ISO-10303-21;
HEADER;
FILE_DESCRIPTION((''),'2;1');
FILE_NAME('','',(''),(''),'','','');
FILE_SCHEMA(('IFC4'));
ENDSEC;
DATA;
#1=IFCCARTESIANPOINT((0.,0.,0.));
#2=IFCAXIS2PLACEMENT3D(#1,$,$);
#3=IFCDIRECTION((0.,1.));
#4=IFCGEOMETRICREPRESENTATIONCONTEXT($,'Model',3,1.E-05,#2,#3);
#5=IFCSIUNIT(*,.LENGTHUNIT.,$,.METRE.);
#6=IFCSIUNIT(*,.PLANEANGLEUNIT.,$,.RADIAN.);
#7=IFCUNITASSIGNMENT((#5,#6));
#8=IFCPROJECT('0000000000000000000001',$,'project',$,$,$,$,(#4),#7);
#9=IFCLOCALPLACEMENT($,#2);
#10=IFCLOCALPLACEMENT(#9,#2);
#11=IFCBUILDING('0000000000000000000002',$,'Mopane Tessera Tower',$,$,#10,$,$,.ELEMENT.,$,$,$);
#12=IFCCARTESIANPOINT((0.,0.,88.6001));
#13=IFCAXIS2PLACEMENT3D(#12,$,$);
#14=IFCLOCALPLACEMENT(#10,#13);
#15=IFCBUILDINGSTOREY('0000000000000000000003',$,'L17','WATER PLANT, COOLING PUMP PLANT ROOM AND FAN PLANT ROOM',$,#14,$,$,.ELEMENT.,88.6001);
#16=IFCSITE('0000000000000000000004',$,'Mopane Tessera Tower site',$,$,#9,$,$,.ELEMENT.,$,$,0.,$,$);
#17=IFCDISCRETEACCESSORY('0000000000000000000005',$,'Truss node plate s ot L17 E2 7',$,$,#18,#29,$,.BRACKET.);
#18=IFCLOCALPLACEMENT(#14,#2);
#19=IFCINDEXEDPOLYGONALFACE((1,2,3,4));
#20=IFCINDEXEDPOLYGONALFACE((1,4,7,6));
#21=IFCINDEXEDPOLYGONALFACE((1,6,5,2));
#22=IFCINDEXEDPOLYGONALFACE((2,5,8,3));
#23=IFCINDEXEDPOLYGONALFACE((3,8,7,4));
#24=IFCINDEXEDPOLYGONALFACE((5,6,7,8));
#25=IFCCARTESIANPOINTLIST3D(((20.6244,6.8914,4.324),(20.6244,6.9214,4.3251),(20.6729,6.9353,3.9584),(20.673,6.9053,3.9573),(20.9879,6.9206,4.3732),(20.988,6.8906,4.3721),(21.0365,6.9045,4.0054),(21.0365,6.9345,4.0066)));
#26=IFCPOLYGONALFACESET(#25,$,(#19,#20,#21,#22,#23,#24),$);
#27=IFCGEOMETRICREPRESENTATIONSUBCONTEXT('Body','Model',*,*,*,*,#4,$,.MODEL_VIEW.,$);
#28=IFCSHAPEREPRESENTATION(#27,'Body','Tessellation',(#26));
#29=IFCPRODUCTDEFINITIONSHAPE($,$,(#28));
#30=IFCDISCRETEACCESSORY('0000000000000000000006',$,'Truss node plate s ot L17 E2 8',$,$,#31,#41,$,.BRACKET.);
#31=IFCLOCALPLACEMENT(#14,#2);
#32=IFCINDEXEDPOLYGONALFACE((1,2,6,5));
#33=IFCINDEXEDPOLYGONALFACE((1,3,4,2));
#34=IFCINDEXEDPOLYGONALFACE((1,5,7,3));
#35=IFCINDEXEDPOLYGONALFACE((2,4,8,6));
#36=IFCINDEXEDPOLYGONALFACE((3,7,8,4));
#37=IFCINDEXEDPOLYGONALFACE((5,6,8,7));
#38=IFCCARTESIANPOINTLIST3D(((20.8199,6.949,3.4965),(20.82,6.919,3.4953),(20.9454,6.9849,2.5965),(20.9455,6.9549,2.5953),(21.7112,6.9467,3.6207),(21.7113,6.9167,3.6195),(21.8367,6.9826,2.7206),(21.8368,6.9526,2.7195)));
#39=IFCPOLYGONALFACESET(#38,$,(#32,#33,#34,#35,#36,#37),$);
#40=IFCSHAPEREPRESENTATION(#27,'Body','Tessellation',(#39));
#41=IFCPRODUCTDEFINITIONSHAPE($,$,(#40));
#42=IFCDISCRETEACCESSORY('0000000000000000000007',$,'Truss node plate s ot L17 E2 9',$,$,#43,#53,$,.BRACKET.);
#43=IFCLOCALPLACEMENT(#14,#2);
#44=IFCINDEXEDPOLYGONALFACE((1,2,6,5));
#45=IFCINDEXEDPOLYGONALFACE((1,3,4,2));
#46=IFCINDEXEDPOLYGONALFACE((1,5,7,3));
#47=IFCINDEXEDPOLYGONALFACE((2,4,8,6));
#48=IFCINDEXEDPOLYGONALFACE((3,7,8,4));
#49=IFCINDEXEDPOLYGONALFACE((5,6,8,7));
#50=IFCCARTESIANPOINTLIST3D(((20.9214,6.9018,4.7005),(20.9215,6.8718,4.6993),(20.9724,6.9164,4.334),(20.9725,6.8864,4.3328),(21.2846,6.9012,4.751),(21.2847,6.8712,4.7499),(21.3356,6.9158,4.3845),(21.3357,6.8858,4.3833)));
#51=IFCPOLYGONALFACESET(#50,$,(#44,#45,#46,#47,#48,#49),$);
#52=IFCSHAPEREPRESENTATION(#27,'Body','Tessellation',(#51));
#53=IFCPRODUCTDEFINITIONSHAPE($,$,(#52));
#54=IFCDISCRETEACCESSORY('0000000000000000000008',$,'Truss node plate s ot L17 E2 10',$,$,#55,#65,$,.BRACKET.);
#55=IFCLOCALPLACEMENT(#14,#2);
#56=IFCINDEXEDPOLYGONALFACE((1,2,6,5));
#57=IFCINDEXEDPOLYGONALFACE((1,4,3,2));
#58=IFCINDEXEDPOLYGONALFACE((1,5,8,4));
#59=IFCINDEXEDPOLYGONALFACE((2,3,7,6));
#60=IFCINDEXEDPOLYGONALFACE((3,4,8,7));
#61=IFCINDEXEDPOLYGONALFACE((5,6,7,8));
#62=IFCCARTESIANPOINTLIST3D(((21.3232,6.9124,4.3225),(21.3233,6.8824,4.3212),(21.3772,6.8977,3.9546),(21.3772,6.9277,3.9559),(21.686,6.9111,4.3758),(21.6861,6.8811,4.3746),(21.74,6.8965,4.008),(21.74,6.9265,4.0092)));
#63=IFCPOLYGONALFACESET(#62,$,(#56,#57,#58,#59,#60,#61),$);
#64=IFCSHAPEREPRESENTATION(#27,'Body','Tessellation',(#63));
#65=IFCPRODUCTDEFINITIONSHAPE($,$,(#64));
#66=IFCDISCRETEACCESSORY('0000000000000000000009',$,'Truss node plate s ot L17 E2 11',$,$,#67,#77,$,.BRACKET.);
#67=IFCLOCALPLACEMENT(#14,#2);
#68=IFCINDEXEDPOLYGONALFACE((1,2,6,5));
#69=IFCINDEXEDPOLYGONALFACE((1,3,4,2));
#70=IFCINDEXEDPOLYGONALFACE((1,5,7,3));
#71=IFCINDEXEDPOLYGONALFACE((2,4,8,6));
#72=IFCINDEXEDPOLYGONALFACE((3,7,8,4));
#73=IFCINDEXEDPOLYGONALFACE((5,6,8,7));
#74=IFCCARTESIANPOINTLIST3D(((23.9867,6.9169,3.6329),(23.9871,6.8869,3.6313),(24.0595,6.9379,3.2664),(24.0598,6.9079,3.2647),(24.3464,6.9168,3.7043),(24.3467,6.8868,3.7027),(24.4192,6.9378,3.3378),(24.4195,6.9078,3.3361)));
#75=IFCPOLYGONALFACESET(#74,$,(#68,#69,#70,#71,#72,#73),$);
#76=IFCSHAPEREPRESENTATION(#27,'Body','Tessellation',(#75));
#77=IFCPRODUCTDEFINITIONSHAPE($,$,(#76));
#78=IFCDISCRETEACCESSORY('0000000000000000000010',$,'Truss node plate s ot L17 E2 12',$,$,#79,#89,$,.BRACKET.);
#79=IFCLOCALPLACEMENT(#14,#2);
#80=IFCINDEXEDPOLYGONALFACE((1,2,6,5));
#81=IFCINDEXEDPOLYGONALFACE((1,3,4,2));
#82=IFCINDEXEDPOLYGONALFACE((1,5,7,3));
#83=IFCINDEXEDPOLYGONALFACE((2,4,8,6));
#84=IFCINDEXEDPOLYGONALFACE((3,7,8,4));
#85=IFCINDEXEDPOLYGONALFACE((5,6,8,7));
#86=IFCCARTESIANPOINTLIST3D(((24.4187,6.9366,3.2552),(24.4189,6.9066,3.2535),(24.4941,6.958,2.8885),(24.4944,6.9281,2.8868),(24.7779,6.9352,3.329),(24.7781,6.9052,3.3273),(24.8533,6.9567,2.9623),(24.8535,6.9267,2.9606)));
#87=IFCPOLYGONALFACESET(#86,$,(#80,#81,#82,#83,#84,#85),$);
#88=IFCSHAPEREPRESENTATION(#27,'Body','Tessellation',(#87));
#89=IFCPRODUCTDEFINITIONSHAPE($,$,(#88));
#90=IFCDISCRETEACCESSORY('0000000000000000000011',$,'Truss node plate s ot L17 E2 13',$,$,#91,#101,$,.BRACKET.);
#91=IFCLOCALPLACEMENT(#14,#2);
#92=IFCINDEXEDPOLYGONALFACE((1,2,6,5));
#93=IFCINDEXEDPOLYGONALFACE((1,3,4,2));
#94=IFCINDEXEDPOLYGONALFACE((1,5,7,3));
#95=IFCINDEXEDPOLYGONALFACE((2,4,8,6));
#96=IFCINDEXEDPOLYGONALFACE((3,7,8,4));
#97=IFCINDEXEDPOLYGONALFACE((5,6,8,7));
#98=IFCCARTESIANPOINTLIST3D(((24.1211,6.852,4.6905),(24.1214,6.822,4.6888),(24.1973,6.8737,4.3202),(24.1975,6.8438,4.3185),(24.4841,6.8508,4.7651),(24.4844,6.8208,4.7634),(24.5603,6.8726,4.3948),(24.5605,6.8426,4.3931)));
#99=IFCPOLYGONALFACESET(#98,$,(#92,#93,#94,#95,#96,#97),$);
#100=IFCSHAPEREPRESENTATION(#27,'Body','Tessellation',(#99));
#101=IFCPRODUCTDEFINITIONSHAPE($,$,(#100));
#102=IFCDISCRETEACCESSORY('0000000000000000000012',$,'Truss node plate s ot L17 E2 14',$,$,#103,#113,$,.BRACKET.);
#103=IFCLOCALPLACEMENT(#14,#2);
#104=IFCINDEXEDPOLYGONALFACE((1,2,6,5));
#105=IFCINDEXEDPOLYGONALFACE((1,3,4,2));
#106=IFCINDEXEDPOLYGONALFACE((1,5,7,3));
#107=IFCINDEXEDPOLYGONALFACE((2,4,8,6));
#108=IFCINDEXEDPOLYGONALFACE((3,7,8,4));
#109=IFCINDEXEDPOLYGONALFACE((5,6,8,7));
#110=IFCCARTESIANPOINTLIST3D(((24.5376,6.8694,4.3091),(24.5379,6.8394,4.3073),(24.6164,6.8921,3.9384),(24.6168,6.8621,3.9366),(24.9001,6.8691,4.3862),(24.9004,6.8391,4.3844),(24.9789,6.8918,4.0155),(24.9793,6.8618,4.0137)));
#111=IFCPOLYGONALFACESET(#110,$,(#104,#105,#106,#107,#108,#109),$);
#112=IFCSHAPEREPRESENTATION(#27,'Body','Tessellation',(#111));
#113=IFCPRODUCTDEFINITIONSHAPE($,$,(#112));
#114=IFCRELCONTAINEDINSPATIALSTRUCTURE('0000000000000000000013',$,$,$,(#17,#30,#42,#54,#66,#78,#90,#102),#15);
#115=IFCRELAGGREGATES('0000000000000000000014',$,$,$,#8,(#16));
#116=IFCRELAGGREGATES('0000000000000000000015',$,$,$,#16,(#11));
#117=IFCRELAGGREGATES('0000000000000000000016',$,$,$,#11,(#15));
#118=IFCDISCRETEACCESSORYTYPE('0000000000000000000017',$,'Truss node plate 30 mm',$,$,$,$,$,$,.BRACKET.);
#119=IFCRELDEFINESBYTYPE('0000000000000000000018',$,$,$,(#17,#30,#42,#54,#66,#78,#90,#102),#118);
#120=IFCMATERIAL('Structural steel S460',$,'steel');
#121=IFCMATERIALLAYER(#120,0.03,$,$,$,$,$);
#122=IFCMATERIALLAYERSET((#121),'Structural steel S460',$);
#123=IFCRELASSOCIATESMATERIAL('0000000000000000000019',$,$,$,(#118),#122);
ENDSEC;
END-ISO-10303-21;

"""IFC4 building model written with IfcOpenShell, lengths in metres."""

from ifc_helpers import new_model, si_unit, direction, frame, origin, origin_2d, place, context, subcontext, project, spatial, rectangle, extrude, material, layer, layer_set, type_object, element, save


model = new_model("IFC4")

# Units and contexts
model_context = context("Model", 3, precision=1e-05, world=origin(), true_north=direction((0.0, 1.0)))
body_context = subcontext(model_context, "Body", "Model", "MODEL_VIEW")
ifc_project = project(units=[si_unit("LENGTHUNIT", "METRE"), si_unit("PLANEANGLEUNIT", "RADIAN")], contexts=[model_context])

# Site, building, storey
site_placement = place(None, origin())
site = spatial("IfcSite", under=ifc_project, at=site_placement, Name="Mopane Tessera Tower site", CompositionType="ELEMENT", RefElevation=0.0)
building_placement = place(site_placement, origin())
building = spatial("IfcBuilding", under=site, at=building_placement, Name="Mopane Tessera Tower", CompositionType="ELEMENT")
storey_placement = place(building_placement, frame((0.0, 0.0, 88.6001)))
storey = spatial("IfcBuildingStorey", under=building, at=storey_placement, Name="L17", Description="WATER PLANT, COOLING PUMP PLANT ROOM AND FAN PLANT ROOM", CompositionType="ELEMENT", Elevation=88.6001)

# Discrete accessories
ifc_material_1 = material(Name="Structural steel S460", Category="steel")
ifc_layer_1 = layer(ifc_material_1, 0.03)
ifc_layer_set_1 = layer_set([ifc_layer_1], Name="Structural steel S460")
discrete_accessory_type = type_object("IfcDiscreteAccessoryType", Name="Truss node plate 30 mm", PredefinedType="BRACKET", material=ifc_layer_set_1)
discrete_accessory_1_placement = place(storey_placement, frame((20.8547, 6.9199, 3.9819), z_axis=(-0.131249, -0.037594, 0.990636), x_axis=(-0.002758, 0.999291, 0.037557)))
element("IfcDiscreteAccessory", 1, at=discrete_accessory_1_placement, inside=storey, type_object=discrete_accessory_type, Name="Truss node plate s ot L17 E2 7", PredefinedType="BRACKET", context=body_context, shape_type="SweptSolid", body=[
    extrude(rectangle(XDim=0.03, YDim=0.3667, at=origin_2d()), origin(), (0.0, 0.0, 1.0), 0.3701),
])
discrete_accessory_2_placement = place(storey_placement, frame((21.3911, 6.9688, 2.658), z_axis=(-0.138003, -0.039468, 0.989645), x_axis=(-0.002885, 0.999217, 0.039447)))
element("IfcDiscreteAccessory", 2, at=discrete_accessory_2_placement, inside=storey, type_object=discrete_accessory_type, Name="Truss node plate s ot L17 E2 8", PredefinedType="BRACKET", context=body_context, shape_type="SweptSolid", body=[
    extrude(rectangle(XDim=0.03, YDim=0.8999, at=origin_2d()), origin(), (0.0, 0.0, 1.0), 0.9094),
])
discrete_accessory_3_placement = place(storey_placement, frame((21.1541, 6.9011, 4.3586), z_axis=(-0.137802, -0.03956, 0.989669), x_axis=(-0.003885, 0.999216, 0.039401)))
element("IfcDiscreteAccessory", 3, at=discrete_accessory_3_placement, inside=storey, type_object=discrete_accessory_type, Name="Truss node plate s ot L17 E2 9", PredefinedType="BRACKET", context=body_context, shape_type="SweptSolid", body=[
    extrude(rectangle(XDim=0.03, YDim=0.3667, at=origin_2d()), origin(), (0.0, 0.0, 1.0), 0.3704),
])
discrete_accessory_4_placement = place(storey_placement, frame((21.5586, 6.9121, 3.9819), z_axis=(-0.145445, -0.041462, 0.988497), x_axis=(-0.00262, 0.999134, 0.041522)))
element("IfcDiscreteAccessory", 4, at=discrete_accessory_4_placement, inside=storey, type_object=discrete_accessory_type, Name="Truss node plate s ot L17 E2 10", PredefinedType="BRACKET", context=body_context, shape_type="SweptSolid", body=[
    extrude(rectangle(XDim=0.03, YDim=0.3667, at=origin_2d()), origin(), (0.0, 0.0, 1.0), 0.3708),
])
discrete_accessory_5_placement = place(storey_placement, frame((24.2395, 6.9229, 3.3013), z_axis=(-0.194427, -0.05611, 0.979311), x_axis=(-0.010727, 0.998425, 0.055075)))
element("IfcDiscreteAccessory", 5, at=discrete_accessory_5_placement, inside=storey, type_object=discrete_accessory_type, Name="Truss node plate s ot L17 E2 11", PredefinedType="BRACKET", context=body_context, shape_type="SweptSolid", body=[
    extrude(rectangle(XDim=0.03, YDim=0.3667, at=origin_2d()), origin(), (0.0, 0.0, 1.0), 0.3743),
])
discrete_accessory_6_placement = place(storey_placement, frame((24.6738, 6.9424, 2.9246), z_axis=(-0.201175, -0.057292, 0.977878), x_axis=(-0.007983, 0.998351, 0.05685)))
element("IfcDiscreteAccessory", 6, at=discrete_accessory_6_placement, inside=storey, type_object=discrete_accessory_type, Name="Truss node plate s ot L17 E2 12", PredefinedType="BRACKET", context=body_context, shape_type="SweptSolid", body=[
    extrude(rectangle(XDim=0.03, YDim=0.3667, at=origin_2d()), origin(), (0.0, 0.0, 1.0), 0.375),
])
discrete_accessory_7_placement = place(storey_placement, frame((24.3789, 6.8582, 4.3567), z_axis=(-0.201121, -0.057371, 0.977885), x_axis=(-0.008412, 0.998348, 0.056841)))
element("IfcDiscreteAccessory", 7, at=discrete_accessory_7_placement, inside=storey, type_object=discrete_accessory_type, Name="Truss node plate s ot L17 E2 13", PredefinedType="BRACKET", context=body_context, shape_type="SweptSolid", body=[
    extrude(rectangle(XDim=0.03, YDim=0.3706, at=origin_2d()), origin(), (0.0, 0.0, 1.0), 0.3787),
])
discrete_accessory_8_placement = place(storey_placement, frame((24.7979, 6.877, 3.9761), z_axis=(-0.207748, -0.059816, 0.976352), x_axis=(-0.011661, 0.998209, 0.058674)))
element("IfcDiscreteAccessory", 8, at=discrete_accessory_8_placement, inside=storey, type_object=discrete_accessory_type, Name="Truss node plate s ot L17 E2 14", PredefinedType="BRACKET", context=body_context, shape_type="SweptSolid", body=[
    extrude(rectangle(XDim=0.03, YDim=0.3706, at=origin_2d()), origin(), (0.0, 0.0, 1.0), 0.3796),
])

save(model, "model.ifc")
